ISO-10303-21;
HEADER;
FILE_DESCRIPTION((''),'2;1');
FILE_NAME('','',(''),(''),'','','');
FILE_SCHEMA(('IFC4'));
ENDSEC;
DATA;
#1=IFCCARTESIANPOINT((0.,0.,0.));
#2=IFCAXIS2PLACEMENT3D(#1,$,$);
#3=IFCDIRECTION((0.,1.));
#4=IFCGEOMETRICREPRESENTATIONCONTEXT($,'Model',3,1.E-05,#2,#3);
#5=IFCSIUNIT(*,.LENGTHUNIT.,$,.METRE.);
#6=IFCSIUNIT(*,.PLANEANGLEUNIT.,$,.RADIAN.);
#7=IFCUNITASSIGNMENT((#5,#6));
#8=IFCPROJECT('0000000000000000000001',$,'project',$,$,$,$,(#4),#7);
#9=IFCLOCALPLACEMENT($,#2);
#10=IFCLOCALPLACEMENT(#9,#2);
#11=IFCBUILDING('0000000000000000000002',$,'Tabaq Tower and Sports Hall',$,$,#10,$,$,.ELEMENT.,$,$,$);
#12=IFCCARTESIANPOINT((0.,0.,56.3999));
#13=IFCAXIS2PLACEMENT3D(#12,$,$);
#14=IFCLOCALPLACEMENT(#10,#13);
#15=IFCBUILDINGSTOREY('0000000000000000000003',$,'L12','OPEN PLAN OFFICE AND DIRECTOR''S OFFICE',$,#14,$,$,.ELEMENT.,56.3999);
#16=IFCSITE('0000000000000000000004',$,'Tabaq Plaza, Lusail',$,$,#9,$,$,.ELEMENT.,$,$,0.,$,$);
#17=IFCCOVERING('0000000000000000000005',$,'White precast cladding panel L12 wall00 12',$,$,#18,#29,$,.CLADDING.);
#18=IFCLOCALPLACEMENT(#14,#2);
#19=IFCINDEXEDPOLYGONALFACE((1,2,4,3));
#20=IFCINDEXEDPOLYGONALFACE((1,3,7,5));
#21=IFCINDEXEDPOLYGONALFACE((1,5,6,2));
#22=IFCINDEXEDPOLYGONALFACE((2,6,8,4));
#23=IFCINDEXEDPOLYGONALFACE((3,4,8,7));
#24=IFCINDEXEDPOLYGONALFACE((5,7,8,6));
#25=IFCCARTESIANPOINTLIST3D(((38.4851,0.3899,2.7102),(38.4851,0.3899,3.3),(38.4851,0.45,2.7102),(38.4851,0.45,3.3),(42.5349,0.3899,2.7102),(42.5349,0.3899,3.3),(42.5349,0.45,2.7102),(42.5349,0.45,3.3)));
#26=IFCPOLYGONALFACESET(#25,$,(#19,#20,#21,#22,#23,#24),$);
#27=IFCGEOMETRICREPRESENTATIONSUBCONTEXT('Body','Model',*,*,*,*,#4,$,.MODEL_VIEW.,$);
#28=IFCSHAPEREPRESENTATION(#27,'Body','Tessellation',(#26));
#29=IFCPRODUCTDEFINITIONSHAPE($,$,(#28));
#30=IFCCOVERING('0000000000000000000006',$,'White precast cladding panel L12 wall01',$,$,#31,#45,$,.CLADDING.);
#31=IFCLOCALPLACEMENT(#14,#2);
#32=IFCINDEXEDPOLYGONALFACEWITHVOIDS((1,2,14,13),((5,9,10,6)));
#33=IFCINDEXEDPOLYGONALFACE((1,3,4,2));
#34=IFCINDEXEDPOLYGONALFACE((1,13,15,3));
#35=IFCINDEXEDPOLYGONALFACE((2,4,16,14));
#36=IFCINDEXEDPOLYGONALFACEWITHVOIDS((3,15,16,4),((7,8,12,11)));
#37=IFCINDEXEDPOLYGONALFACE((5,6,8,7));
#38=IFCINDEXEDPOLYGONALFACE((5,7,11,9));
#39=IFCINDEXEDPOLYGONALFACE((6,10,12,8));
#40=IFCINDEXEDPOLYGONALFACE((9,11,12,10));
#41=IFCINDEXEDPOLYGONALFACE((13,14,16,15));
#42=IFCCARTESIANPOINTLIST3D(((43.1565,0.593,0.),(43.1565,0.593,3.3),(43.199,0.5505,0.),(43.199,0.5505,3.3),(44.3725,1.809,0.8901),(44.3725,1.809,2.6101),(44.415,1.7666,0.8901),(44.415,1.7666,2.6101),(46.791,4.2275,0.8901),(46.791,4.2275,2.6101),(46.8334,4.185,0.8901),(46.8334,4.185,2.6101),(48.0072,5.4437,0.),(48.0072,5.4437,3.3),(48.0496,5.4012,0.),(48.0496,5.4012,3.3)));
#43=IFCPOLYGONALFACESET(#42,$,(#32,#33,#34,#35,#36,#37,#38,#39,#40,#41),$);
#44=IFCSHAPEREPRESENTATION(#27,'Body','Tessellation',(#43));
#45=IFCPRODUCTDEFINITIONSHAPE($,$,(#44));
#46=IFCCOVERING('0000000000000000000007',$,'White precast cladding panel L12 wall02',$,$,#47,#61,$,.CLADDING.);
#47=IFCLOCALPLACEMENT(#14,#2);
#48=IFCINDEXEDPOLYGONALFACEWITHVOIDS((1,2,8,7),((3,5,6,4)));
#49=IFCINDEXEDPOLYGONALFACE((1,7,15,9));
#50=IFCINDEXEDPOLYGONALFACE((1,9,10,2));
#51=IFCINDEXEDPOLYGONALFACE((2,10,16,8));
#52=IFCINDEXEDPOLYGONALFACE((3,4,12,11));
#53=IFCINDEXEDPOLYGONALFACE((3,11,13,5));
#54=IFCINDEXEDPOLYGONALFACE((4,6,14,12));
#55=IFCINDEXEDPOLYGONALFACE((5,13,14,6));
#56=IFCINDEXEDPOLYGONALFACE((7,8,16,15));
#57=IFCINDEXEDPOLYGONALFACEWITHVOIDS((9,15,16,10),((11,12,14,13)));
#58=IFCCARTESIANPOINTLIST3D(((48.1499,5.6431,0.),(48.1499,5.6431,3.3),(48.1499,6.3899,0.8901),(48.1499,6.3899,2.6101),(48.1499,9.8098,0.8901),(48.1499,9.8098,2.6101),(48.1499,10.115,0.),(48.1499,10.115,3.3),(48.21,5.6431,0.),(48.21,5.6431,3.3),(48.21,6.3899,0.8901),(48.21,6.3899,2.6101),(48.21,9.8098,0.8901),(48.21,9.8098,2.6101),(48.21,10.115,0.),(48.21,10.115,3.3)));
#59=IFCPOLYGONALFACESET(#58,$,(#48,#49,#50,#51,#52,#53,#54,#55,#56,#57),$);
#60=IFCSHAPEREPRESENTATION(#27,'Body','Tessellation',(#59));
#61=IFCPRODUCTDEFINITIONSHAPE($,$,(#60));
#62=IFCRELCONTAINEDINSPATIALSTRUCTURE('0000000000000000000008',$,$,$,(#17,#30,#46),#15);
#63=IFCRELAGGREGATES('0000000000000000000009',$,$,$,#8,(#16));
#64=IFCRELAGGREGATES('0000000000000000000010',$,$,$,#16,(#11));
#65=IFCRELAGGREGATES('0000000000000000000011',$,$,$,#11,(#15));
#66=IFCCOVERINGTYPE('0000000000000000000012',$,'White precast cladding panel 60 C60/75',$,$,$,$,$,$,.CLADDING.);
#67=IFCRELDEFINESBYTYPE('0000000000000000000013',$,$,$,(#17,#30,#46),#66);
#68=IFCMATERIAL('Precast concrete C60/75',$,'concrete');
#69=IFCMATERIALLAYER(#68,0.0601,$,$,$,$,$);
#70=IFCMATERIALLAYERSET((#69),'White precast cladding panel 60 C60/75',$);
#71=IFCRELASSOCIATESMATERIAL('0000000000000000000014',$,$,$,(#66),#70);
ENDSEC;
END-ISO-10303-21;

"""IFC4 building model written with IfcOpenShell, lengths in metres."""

from ifc_helpers import new_model, si_unit, direction, frame, frame_2d, origin, place, context, subcontext, project, spatial, polyline, rectangle, outline, extrude, material, layer, layer_set, type_object, element, save


model = new_model("IFC4")

# Units and contexts
model_context = context("Model", 3, precision=1e-05, world=origin(), true_north=direction((0.0, 1.0)))
body_context = subcontext(model_context, "Body", "Model", "MODEL_VIEW")
ifc_project = project(units=[si_unit("LENGTHUNIT", "METRE"), si_unit("PLANEANGLEUNIT", "RADIAN")], contexts=[model_context])

# Site, building, storey
site_placement = place(None, origin())
site = spatial("IfcSite", under=ifc_project, at=site_placement, Name="Tabaq Plaza, Lusail", CompositionType="ELEMENT", RefElevation=0.0)
building_placement = place(site_placement, origin())
building = spatial("IfcBuilding", under=site, at=building_placement, Name="Tabaq Tower and Sports Hall", CompositionType="ELEMENT")
storey_placement = place(building_placement, frame((0.0, 0.0, 56.3999)))
storey = spatial("IfcBuildingStorey", under=building, at=storey_placement, Name="L12", Description="OPEN PLAN OFFICE AND DIRECTOR'S OFFICE", CompositionType="ELEMENT", Elevation=56.3999)

# Coverings
ifc_material_1 = material(Name="Precast concrete C60/75", Category="concrete")
ifc_layer_1 = layer(ifc_material_1, 0.0601)
ifc_layer_set_1 = layer_set([ifc_layer_1], Name="White precast cladding panel 60 C60/75")
covering_type_1 = type_object("IfcCoveringType", Name="White precast cladding panel 60 C60/75", PredefinedType="CLADDING", material=ifc_layer_set_1)
covering_1_placement = place(storey_placement, frame((38.4851, 0.4199, 2.7102), z_axis=(0.0, 0.0, 1.0), x_axis=(1.0, 0.0, 0.0)))
element("IfcCovering", 1, at=covering_1_placement, inside=storey, type_object=covering_type_1, Name="White precast cladding panel L12 wall00 12", PredefinedType="CLADDING", context=body_context, shape_type="SweptSolid", body=[
    extrude(rectangle(XDim=4.0498, YDim=0.0601, at=frame_2d((2.0249, 0.0))), origin(), (0.0, 0.0, 1.0), 0.5898),
])
covering_2_placement = place(storey_placement, frame((43.1777, 0.5718, 0.0), z_axis=(0.0, 0.0, 1.0), x_axis=(0.707107, 0.707107, 0.0)))
element("IfcCovering", 2, at=covering_2_placement, inside=storey, type_object=covering_type_1, Name="White precast cladding panel L12 wall01", PredefinedType="CLADDING", context=body_context, shape_type="SweptSolid", body=[
    extrude(outline(polyline([(0.0, 0.0), (6.8599, 0.0), (6.8599, 3.3), (0.0, 3.3), (0.0, 0.0)]), holes=[polyline([(1.7197, 0.8901), (1.7197, 2.6101), (5.1399, 2.6101), (5.1399, 0.8901), (1.7197, 0.8901)])]), frame((0.0, 0.03, 0.0), z_axis=(0.0, -1.0, 0.0), x_axis=(1.0, 0.0, 0.0)), (0.0, 0.0, 1.0), 0.0601),
])
covering_3_placement = place(storey_placement, frame((48.1799, 5.6431, 0.0), z_axis=(0.0, 0.0, 1.0), x_axis=(0.0, 1.0, 0.0)))
element("IfcCovering", 3, at=covering_3_placement, inside=storey, type_object=covering_type_1, Name="White precast cladding panel L12 wall02", PredefinedType="CLADDING", context=body_context, shape_type="SweptSolid", body=[
    extrude(outline(polyline([(0.0, 0.0), (4.4719, 0.0), (4.4719, 3.3), (0.0, 3.3), (0.0, 0.0)]), holes=[polyline([(0.7468, 0.8901), (0.7468, 2.6101), (4.1667, 2.6101), (4.1667, 0.8901), (0.7468, 0.8901)])]), frame((0.0, 0.03, 0.0), z_axis=(0.0, -1.0, 0.0), x_axis=(1.0, 0.0, 0.0)), (0.0, 0.0, 1.0), 0.0601),
])

save(model, "model.ifc")
